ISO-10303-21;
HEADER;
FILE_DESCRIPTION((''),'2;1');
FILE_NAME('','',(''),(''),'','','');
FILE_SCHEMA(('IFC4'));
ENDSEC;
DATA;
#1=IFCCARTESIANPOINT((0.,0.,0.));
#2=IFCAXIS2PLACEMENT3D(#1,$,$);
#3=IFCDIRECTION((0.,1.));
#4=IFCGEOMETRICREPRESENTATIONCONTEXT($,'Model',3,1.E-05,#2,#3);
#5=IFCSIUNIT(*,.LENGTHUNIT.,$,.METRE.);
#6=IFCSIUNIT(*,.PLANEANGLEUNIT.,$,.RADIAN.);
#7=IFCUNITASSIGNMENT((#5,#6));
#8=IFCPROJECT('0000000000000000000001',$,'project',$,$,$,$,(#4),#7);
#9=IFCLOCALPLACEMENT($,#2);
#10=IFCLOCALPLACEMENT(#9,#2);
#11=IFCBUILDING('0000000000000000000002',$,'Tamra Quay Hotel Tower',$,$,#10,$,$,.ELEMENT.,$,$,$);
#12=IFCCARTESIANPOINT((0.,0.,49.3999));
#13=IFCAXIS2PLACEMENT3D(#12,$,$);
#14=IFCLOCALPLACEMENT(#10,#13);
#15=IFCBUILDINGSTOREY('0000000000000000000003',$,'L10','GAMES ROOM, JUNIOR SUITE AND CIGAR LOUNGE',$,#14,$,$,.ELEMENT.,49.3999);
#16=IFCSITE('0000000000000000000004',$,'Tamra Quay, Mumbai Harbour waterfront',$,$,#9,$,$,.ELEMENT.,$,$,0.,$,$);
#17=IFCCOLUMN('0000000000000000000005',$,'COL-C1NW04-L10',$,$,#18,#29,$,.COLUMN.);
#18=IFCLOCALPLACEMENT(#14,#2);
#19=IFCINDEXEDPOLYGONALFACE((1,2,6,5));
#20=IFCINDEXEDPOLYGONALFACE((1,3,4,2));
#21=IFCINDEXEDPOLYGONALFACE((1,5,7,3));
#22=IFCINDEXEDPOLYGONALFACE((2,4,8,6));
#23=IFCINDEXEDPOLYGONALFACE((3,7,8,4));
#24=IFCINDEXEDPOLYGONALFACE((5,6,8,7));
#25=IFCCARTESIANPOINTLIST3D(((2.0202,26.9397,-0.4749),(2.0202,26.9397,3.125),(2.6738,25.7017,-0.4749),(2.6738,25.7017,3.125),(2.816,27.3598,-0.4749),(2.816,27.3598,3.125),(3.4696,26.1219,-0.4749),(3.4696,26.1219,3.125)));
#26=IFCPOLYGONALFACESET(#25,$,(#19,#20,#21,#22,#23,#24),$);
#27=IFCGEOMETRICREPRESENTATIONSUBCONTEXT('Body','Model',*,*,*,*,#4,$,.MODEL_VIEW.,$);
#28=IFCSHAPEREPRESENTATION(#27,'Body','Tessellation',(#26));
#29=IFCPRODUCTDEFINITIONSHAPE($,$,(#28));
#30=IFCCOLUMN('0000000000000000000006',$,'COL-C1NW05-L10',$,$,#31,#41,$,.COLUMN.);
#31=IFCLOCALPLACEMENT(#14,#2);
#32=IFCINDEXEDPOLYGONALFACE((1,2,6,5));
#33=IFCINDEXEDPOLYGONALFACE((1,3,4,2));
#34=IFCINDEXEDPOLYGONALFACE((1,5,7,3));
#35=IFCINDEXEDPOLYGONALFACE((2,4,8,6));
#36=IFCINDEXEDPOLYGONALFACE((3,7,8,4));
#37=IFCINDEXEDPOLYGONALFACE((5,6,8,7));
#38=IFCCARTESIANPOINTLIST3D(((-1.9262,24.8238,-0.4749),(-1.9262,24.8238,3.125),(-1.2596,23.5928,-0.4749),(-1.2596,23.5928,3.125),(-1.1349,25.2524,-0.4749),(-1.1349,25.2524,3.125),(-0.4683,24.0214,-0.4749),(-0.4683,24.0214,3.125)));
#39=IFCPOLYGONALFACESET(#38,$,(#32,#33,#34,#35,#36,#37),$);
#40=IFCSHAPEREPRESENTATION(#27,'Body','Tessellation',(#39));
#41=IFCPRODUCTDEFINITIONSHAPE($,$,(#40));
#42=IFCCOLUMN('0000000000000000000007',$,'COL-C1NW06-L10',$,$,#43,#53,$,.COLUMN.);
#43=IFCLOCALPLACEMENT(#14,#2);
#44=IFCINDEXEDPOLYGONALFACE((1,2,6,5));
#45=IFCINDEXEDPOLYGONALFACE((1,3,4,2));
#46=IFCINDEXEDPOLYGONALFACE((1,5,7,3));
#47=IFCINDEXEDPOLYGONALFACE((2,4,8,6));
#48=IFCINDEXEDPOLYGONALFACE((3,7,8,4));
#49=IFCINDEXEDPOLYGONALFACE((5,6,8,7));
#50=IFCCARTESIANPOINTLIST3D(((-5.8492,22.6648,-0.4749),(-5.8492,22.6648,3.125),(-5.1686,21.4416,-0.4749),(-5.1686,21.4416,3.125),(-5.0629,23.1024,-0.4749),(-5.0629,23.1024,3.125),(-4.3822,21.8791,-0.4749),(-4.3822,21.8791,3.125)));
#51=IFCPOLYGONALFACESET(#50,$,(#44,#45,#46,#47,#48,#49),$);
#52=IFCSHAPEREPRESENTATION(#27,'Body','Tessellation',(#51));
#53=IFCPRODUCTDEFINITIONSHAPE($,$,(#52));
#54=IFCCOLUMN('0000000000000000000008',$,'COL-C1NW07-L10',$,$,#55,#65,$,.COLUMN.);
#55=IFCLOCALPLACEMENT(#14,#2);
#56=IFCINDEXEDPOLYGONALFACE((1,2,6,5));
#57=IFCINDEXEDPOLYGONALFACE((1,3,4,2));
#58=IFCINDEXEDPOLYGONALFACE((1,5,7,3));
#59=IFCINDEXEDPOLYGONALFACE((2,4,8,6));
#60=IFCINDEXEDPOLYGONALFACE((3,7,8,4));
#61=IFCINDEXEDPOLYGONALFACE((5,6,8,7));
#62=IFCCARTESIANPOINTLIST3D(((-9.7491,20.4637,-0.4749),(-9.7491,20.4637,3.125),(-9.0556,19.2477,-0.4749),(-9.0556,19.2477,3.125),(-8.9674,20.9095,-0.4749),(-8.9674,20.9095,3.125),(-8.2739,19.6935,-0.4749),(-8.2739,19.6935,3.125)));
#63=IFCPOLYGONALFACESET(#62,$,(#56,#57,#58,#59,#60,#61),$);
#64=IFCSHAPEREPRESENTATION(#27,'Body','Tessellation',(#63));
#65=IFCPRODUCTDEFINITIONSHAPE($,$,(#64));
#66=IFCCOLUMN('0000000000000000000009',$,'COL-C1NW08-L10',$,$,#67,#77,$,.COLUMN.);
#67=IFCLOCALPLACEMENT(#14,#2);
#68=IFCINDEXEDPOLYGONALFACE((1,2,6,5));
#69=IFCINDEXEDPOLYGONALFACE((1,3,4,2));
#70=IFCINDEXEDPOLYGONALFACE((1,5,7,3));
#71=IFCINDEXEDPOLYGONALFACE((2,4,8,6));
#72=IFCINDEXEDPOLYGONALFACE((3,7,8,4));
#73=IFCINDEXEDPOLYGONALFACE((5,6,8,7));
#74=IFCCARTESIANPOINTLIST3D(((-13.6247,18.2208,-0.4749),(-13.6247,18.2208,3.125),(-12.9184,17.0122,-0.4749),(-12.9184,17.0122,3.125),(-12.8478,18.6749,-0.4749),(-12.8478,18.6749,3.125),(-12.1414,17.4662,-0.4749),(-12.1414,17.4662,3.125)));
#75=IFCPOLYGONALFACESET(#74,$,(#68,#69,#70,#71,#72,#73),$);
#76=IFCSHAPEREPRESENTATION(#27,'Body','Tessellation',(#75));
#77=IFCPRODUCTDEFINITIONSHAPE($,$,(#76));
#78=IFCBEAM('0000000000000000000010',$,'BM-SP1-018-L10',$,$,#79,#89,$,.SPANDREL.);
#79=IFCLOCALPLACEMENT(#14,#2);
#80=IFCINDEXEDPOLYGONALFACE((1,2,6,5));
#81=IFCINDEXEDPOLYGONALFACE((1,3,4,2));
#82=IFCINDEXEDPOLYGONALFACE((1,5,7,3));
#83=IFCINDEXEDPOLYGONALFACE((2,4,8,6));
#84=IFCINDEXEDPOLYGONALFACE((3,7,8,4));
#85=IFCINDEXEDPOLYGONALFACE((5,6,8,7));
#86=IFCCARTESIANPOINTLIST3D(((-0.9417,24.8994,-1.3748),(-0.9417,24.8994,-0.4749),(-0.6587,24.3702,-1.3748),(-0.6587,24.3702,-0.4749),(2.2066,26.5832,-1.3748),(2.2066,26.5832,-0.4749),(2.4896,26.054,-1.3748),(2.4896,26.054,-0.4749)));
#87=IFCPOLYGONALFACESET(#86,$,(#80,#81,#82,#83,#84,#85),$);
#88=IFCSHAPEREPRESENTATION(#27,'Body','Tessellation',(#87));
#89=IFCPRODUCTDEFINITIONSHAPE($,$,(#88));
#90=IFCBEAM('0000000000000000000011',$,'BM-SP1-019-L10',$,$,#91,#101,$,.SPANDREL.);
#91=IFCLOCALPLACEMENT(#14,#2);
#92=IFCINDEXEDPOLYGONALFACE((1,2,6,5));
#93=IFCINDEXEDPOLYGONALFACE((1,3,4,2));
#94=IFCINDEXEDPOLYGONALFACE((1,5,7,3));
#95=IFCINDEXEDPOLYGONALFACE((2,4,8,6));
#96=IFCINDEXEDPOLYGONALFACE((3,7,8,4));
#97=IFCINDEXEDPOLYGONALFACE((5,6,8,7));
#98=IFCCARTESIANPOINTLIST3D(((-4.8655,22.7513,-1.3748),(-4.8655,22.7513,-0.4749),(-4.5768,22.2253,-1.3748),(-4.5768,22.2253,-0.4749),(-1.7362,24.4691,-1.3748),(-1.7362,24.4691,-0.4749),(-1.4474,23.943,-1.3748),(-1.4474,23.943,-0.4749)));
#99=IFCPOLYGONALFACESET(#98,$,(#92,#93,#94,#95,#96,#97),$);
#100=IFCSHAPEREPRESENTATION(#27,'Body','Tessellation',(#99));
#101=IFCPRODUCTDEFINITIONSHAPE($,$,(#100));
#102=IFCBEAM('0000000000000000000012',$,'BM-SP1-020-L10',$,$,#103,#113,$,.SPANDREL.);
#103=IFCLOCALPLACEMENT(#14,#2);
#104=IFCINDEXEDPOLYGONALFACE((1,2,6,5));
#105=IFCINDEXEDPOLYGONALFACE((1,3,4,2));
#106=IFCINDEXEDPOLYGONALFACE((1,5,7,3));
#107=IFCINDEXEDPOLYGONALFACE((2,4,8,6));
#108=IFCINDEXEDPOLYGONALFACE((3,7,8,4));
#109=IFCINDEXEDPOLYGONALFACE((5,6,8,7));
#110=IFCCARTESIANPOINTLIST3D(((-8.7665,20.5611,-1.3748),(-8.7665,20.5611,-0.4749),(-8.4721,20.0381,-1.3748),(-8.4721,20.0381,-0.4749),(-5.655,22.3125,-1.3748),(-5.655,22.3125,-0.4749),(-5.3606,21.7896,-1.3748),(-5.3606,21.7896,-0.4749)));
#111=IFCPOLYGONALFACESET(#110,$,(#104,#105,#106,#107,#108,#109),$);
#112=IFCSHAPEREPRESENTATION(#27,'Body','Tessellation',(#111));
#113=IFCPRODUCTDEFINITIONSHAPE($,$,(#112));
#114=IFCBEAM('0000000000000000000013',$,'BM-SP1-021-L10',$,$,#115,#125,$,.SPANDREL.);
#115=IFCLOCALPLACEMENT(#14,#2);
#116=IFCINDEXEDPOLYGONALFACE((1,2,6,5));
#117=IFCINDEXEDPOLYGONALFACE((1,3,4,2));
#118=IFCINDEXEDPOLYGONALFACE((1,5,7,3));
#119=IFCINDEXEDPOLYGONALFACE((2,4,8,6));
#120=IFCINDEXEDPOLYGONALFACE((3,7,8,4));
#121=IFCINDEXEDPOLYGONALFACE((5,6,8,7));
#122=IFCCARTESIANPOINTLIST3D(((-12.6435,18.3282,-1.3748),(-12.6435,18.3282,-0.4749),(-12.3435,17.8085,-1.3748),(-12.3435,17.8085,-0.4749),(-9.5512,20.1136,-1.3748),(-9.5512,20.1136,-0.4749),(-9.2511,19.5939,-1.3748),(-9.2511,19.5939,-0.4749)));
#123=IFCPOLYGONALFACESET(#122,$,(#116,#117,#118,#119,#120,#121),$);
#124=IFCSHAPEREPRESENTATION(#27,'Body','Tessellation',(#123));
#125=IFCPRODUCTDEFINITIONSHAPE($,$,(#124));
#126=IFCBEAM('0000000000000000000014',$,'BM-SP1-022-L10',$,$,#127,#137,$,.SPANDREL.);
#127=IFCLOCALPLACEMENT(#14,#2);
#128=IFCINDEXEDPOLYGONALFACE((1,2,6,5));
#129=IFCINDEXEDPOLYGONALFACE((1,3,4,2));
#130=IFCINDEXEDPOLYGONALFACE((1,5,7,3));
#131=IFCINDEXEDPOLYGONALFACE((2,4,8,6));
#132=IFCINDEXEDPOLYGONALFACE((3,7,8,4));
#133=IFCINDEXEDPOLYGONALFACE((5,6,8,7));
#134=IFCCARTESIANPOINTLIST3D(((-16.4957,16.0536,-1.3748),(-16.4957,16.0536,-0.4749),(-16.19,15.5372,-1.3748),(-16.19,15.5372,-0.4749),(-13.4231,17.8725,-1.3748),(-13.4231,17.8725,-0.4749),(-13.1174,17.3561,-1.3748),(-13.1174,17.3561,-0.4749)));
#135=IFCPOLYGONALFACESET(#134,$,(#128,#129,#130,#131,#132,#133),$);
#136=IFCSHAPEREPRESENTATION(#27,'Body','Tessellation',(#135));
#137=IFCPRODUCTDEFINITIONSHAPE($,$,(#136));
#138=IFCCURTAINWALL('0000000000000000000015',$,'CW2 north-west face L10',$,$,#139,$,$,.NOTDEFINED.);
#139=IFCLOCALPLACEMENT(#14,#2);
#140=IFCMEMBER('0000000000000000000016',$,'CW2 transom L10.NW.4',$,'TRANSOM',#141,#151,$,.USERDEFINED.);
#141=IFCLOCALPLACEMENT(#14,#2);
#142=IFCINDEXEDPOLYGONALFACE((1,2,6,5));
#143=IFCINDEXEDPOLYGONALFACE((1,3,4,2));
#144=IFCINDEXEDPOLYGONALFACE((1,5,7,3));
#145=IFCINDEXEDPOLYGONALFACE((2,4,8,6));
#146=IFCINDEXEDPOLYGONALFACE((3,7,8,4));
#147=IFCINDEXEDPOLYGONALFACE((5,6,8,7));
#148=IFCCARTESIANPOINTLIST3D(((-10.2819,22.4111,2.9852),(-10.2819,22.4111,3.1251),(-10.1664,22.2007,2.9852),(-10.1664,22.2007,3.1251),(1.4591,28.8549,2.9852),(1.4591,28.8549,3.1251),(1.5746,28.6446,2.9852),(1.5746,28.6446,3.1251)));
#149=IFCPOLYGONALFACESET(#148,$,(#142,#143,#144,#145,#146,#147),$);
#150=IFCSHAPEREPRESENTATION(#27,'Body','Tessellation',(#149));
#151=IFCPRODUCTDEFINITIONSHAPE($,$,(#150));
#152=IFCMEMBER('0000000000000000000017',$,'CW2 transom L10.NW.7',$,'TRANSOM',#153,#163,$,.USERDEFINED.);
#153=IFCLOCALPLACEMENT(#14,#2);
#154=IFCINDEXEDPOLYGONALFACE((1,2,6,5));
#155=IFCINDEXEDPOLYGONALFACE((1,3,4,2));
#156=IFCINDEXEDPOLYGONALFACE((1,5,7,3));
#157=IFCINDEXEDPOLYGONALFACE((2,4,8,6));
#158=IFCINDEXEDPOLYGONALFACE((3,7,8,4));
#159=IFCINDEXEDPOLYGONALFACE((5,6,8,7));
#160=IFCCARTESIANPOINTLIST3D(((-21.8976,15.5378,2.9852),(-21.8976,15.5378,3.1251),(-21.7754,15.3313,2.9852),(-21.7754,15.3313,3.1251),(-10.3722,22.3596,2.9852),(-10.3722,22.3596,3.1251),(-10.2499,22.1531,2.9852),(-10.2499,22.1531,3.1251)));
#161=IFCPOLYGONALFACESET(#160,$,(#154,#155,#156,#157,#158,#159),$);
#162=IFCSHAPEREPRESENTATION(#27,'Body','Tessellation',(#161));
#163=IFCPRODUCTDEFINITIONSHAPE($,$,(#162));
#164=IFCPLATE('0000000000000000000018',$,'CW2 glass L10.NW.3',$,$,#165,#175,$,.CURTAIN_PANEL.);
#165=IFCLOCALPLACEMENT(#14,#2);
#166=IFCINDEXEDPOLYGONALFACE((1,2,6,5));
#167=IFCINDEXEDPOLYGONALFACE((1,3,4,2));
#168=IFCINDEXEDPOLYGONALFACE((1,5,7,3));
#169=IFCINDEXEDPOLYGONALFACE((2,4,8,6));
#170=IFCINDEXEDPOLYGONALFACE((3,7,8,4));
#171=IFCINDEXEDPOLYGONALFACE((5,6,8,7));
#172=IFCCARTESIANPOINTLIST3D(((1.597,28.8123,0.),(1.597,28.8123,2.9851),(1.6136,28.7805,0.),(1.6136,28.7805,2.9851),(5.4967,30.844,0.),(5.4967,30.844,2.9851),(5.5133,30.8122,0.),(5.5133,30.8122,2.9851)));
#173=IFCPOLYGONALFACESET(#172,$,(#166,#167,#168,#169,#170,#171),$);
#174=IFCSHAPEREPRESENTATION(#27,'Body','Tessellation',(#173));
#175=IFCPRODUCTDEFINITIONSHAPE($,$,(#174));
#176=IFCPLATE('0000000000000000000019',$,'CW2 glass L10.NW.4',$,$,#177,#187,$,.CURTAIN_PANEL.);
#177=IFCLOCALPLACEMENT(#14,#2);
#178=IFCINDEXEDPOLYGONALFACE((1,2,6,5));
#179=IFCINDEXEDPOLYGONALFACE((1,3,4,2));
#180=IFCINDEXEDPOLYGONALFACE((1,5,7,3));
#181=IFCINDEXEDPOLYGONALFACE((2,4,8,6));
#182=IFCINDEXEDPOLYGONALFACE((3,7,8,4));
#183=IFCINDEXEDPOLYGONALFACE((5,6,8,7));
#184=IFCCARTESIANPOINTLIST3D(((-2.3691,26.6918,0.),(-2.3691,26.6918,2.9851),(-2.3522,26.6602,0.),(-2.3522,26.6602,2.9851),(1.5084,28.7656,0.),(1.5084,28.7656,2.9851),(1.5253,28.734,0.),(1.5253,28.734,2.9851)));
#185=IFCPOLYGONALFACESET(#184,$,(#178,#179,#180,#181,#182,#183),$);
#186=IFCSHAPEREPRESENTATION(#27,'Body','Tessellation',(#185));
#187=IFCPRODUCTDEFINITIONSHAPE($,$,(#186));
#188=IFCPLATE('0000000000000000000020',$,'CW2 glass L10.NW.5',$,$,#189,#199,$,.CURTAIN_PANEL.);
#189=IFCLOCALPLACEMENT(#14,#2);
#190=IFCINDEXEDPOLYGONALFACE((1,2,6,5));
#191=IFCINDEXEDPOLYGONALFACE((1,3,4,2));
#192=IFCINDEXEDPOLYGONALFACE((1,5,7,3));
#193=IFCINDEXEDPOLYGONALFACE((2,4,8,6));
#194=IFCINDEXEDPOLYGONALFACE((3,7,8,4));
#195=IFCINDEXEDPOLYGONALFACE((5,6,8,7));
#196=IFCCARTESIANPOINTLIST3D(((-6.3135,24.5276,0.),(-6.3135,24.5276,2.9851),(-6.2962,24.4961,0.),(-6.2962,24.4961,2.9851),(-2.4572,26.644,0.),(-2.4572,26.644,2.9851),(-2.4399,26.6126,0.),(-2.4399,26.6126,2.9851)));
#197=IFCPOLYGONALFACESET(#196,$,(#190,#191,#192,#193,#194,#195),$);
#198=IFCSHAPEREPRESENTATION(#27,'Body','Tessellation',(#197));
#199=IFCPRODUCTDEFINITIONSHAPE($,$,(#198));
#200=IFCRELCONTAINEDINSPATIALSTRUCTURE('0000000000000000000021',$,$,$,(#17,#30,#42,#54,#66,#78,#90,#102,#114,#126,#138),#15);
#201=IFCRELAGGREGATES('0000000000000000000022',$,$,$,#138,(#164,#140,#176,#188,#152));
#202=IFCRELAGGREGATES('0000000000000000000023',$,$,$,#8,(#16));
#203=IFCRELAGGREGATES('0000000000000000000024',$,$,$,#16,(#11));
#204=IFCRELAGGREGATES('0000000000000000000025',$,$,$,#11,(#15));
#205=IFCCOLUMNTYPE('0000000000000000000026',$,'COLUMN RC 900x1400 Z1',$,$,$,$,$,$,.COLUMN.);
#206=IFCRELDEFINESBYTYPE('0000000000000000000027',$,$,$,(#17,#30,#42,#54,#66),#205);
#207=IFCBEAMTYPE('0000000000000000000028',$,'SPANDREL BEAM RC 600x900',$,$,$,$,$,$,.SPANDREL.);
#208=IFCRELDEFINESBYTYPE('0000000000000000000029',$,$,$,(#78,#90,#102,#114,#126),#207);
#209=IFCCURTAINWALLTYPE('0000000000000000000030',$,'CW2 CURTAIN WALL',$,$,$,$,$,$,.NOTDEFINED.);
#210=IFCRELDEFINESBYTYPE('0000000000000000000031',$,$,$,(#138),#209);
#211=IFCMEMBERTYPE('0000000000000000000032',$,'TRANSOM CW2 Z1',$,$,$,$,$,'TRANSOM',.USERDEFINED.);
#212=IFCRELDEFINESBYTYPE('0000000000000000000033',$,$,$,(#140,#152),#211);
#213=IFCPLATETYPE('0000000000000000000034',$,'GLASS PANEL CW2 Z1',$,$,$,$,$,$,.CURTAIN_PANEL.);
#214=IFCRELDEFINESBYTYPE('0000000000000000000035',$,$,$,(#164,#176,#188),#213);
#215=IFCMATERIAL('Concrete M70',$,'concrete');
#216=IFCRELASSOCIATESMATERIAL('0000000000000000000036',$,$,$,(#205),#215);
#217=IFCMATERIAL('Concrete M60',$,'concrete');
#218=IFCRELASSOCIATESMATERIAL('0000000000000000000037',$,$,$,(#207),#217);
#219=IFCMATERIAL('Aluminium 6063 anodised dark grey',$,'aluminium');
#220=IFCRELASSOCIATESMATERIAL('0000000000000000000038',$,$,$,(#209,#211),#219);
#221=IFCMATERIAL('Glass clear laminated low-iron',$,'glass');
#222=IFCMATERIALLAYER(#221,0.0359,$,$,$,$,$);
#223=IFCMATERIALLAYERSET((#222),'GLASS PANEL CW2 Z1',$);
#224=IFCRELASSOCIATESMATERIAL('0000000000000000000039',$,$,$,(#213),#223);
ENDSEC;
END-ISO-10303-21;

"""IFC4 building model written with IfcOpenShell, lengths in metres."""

from ifc_helpers import new_model, si_unit, direction, frame, origin, origin_2d, place, context, subcontext, project, spatial, rectangle, extrude, material, layer, layer_set, material_profile, profile_set, type_object, element, aggregate, save


model = new_model("IFC4")

# Units and contexts
model_context = context("Model", 3, precision=1e-05, world=origin(), true_north=direction((0.0, 1.0)))
body_context = subcontext(model_context, "Body", "Model", "MODEL_VIEW")
ifc_project = project(units=[si_unit("LENGTHUNIT", "METRE"), si_unit("PLANEANGLEUNIT", "RADIAN")], contexts=[model_context])

# Site, building, storey
site_placement = place(None, origin())
site = spatial("IfcSite", under=ifc_project, at=site_placement, Name="Tamra Quay, Mumbai Harbour waterfront", CompositionType="ELEMENT", RefElevation=0.0)
building_placement = place(site_placement, origin())
building = spatial("IfcBuilding", under=site, at=building_placement, Name="Tamra Quay Hotel Tower", CompositionType="ELEMENT")
storey_placement = place(building_placement, frame((0.0, 0.0, 49.3999)))
storey = spatial("IfcBuildingStorey", under=building, at=storey_placement, Name="L10", Description="GAMES ROOM, JUNIOR SUITE AND CIGAR LOUNGE", CompositionType="ELEMENT", Elevation=49.3999)

# Columns
ifc_material_1 = material(Name="Concrete M70", Category="concrete")
ifc_material_profile_1 = material_profile(ifc_material_1, rectangle(XDim=1.3999, YDim=0.8999, at=origin_2d()), Name="COLUMN RC 900x1400 Z1")
ifc_profile_set_1 = profile_set([ifc_material_profile_1], Name="Concrete M70")
column_type = type_object("IfcColumnType", Name="COLUMN RC 900x1400 Z1", PredefinedType="COLUMN", material=ifc_profile_set_1)
for number, where, z_axis, x_axis, name in (
    (1, (2.7449, 26.5308, -0.4749), (0.0, 0.0, 1.0), (-0.466896, 0.884312, 0.0), "COL-C1NW04-L10"),
    (2, (-1.1973, 24.4226, -0.4749), (0.0, 0.0, 1.0), (-0.476198, 0.879338, 0.0), "COL-C1NW05-L10"),
    (3, (-5.1157, 22.272, -0.4749), (0.0, 0.0, 1.0), (-0.486221, 0.873836, 0.0), "COL-C1NW06-L10"),
    (4, (-9.0115, 20.0786, -0.4749), (0.0, 0.0, 1.0), (-0.495421, 0.868653, 0.0), "COL-C1NW07-L10"),
    (5, (-12.8831, 17.8435, -0.4749), (0.0, 0.0, 1.0), (-0.504565, 0.863374, 0.0), "COL-C1NW08-L10"),
):
    element("IfcColumn", number, at=place(storey_placement, frame(where, z_axis=z_axis, x_axis=x_axis)), inside=storey, type_object=column_type, Name=name, PredefinedType="COLUMN", context=body_context, shape_type="SweptSolid", body=[
        extrude(rectangle(XDim=1.3999, YDim=0.8999, at=origin_2d()), origin(), (0.0, 0.0, 1.0), 3.5999),
    ])

# Beams
ifc_material_2 = material(Name="Concrete M60", Category="concrete")
ifc_material_profile_2 = material_profile(ifc_material_2, rectangle(XDim=0.6001, YDim=0.8999, at=origin_2d()), Name="SPANDREL BEAM RC 600x900")
ifc_profile_set_2 = profile_set([ifc_material_profile_2], Name="Concrete M60")
beam_type = type_object("IfcBeamType", Name="SPANDREL BEAM RC 600x900", PredefinedType="SPANDREL", material=ifc_profile_set_2)
beam_1_placement = place(storey_placement, frame((2.3481, 26.3186, -0.9248), z_axis=(-0.881809, -0.471607, 0.0), x_axis=(0.471607, -0.881809, 0.0)))
element("IfcBeam", 6, at=beam_1_placement, inside=storey, type_object=beam_type, Name="BM-SP1-018-L10", PredefinedType="SPANDREL", context=body_context, shape_type="SweptSolid", body=[
    extrude(rectangle(XDim=0.6001, YDim=0.8999, at=origin_2d()), origin(), (0.0, 0.0, 1.0), 3.5703),
])
beam_2_placement = place(storey_placement, frame((-1.5918, 24.2061, -0.9248), z_axis=(-0.876617, -0.481189, 0.0), x_axis=(0.481189, -0.876617, 0.0)))
element("IfcBeam", 7, at=beam_2_placement, inside=storey, type_object=beam_type, Name="BM-SP1-019-L10", PredefinedType="SPANDREL", context=body_context, shape_type="SweptSolid", body=[
    extrude(rectangle(XDim=0.6001, YDim=0.8999, at=origin_2d()), origin(), (0.0, 0.0, 1.0), 3.5698),
])
beam_3_placement = place(storey_placement, frame((-5.5078, 22.051, -0.9248), z_axis=(-0.871431, -0.490518, 0.0), x_axis=(0.490518, -0.871431, 0.0)))
element("IfcBeam", 8, at=beam_3_placement, inside=storey, type_object=beam_type, Name="BM-SP1-020-L10", PredefinedType="SPANDREL", context=body_context, shape_type="SweptSolid", body=[
    extrude(rectangle(XDim=0.6001, YDim=0.8999, at=origin_2d()), origin(), (0.0, 0.0, 1.0), 3.5706),
])
beam_4_placement = place(storey_placement, frame((-9.4011, 19.8538, -0.9248), z_axis=(-0.866017, -0.500014, 0.0), x_axis=(0.500014, -0.866017, 0.0)))
element("IfcBeam", 9, at=beam_4_placement, inside=storey, type_object=beam_type, Name="BM-SP1-021-L10", PredefinedType="SPANDREL", context=body_context, shape_type="SweptSolid", body=[
    extrude(rectangle(XDim=0.6001, YDim=0.8999, at=origin_2d()), origin(), (0.0, 0.0, 1.0), 3.5708),
])
beam_5_placement = place(storey_placement, frame((-13.2703, 17.6143, -0.9248), z_axis=(-0.860525, -0.509409, 0.0), x_axis=(0.509409, -0.860525, 0.0)))
element("IfcBeam", 10, at=beam_5_placement, inside=storey, type_object=beam_type, Name="BM-SP1-022-L10", PredefinedType="SPANDREL", context=body_context, shape_type="SweptSolid", body=[
    extrude(rectangle(XDim=0.6001, YDim=0.8999, at=origin_2d()), origin(), (0.0, 0.0, 1.0), 3.5706),
])

# Curtain wall, members, plates
ifc_material_3 = material(Name="Aluminium 6063 anodised dark grey", Category="aluminium")
curtain_wall_type = type_object("IfcCurtainWallType", Name="CW2 CURTAIN WALL", PredefinedType="NOTDEFINED", material=ifc_material_3)
curtain_wall_placement = place(storey_placement, origin())
curtain_wall = element("IfcCurtainWall", 11, at=curtain_wall_placement, inside=storey, type_object=curtain_wall_type, Name="CW2 north-west face L10", PredefinedType="NOTDEFINED")
ifc_material_profile_3 = material_profile(ifc_material_3, rectangle(XDim=0.24, YDim=0.1399, at=origin_2d()), Name="TRANSOM 240X140")
ifc_profile_set_3 = profile_set([ifc_material_profile_3], Name="Aluminium 6063 anodised dark grey")
member_type = type_object("IfcMemberType", Name="TRANSOM CW2 Z1", ElementType="TRANSOM", PredefinedType="USERDEFINED", material=ifc_profile_set_3)
member_1_placement = place(storey_placement, frame((1.5168, 28.7498, 3.0552), z_axis=(-0.876647, -0.481134, 0.0), x_axis=(0.481134, -0.876647, 0.0)))
member_1 = element("IfcMember", 12, at=member_1_placement, type_object=member_type, Name="CW2 transom L10.NW.4", ObjectType="TRANSOM", PredefinedType="USERDEFINED", context=body_context, shape_type="SweptSolid", body=[
    extrude(rectangle(XDim=0.24, YDim=0.1399, at=origin_2d()), origin(), (0.0, 0.0, 1.0), 13.3931),
])
member_2_placement = place(storey_placement, frame((-10.311, 22.2563, 3.0552), z_axis=(-0.860556, -0.509356, 0.0), x_axis=(0.509356, -0.860556, 0.0)))
member_2 = element("IfcMember", 13, at=member_2_placement, type_object=member_type, Name="CW2 transom L10.NW.7", ObjectType="TRANSOM", PredefinedType="USERDEFINED", context=body_context, shape_type="SweptSolid", body=[
    extrude(rectangle(XDim=0.24, YDim=0.1399, at=origin_2d()), origin(), (0.0, 0.0, 1.0), 13.3931),
])
ifc_material_4 = material(Name="Glass clear laminated low-iron", Category="glass")
ifc_layer_1 = layer(ifc_material_4, 0.0359)
ifc_layer_set_1 = layer_set([ifc_layer_1], Name="GLASS PANEL CW2 Z1")
plate_type = type_object("IfcPlateType", Name="GLASS PANEL CW2 Z1", PredefinedType="CURTAIN_PANEL", material=ifc_layer_set_1)
plate_1_placement = place(storey_placement, frame((3.5552, 29.8123, 0.0), z_axis=(0.0, 0.0, 1.0), x_axis=(-0.886856, -0.462045, 0.0)))
plate_1 = element("IfcPlate", 14, at=plate_1_placement, type_object=plate_type, Name="CW2 glass L10.NW.3", PredefinedType="CURTAIN_PANEL", context=body_context, shape_type="SweptSolid", body=[
    extrude(rectangle(XDim=4.3972, YDim=0.0359, at=origin_2d()), origin(), (0.0, 0.0, 1.0), 2.9851),
])
plate_2_placement = place(storey_placement, frame((-0.4219, 27.7129, 0.0), z_axis=(0.0, 0.0, 1.0), x_axis=(-0.881806, -0.471612, 0.0)))
plate_2 = element("IfcPlate", 15, at=plate_2_placement, type_object=plate_type, Name="CW2 glass L10.NW.4", PredefinedType="CURTAIN_PANEL", context=body_context, shape_type="SweptSolid", body=[
    extrude(rectangle(XDim=4.3972, YDim=0.0359, at=origin_2d()), origin(), (0.0, 0.0, 1.0), 2.9851),
])
plate_3_placement = place(storey_placement, frame((-4.3767, 25.5701, 0.0), z_axis=(0.0, 0.0, 1.0), x_axis=(-0.876651, -0.481127, 0.0)))
plate_3 = element("IfcPlate", 16, at=plate_3_placement, type_object=plate_type, Name="CW2 glass L10.NW.5", PredefinedType="CURTAIN_PANEL", context=body_context, shape_type="SweptSolid", body=[
    extrude(rectangle(XDim=4.3989, YDim=0.0359, at=origin_2d()), origin(), (0.0, 0.0, 1.0), 2.9851),
])
aggregate(curtain_wall, [plate_1, member_1, plate_2, plate_3, member_2])

save(model, "model.ifc")
